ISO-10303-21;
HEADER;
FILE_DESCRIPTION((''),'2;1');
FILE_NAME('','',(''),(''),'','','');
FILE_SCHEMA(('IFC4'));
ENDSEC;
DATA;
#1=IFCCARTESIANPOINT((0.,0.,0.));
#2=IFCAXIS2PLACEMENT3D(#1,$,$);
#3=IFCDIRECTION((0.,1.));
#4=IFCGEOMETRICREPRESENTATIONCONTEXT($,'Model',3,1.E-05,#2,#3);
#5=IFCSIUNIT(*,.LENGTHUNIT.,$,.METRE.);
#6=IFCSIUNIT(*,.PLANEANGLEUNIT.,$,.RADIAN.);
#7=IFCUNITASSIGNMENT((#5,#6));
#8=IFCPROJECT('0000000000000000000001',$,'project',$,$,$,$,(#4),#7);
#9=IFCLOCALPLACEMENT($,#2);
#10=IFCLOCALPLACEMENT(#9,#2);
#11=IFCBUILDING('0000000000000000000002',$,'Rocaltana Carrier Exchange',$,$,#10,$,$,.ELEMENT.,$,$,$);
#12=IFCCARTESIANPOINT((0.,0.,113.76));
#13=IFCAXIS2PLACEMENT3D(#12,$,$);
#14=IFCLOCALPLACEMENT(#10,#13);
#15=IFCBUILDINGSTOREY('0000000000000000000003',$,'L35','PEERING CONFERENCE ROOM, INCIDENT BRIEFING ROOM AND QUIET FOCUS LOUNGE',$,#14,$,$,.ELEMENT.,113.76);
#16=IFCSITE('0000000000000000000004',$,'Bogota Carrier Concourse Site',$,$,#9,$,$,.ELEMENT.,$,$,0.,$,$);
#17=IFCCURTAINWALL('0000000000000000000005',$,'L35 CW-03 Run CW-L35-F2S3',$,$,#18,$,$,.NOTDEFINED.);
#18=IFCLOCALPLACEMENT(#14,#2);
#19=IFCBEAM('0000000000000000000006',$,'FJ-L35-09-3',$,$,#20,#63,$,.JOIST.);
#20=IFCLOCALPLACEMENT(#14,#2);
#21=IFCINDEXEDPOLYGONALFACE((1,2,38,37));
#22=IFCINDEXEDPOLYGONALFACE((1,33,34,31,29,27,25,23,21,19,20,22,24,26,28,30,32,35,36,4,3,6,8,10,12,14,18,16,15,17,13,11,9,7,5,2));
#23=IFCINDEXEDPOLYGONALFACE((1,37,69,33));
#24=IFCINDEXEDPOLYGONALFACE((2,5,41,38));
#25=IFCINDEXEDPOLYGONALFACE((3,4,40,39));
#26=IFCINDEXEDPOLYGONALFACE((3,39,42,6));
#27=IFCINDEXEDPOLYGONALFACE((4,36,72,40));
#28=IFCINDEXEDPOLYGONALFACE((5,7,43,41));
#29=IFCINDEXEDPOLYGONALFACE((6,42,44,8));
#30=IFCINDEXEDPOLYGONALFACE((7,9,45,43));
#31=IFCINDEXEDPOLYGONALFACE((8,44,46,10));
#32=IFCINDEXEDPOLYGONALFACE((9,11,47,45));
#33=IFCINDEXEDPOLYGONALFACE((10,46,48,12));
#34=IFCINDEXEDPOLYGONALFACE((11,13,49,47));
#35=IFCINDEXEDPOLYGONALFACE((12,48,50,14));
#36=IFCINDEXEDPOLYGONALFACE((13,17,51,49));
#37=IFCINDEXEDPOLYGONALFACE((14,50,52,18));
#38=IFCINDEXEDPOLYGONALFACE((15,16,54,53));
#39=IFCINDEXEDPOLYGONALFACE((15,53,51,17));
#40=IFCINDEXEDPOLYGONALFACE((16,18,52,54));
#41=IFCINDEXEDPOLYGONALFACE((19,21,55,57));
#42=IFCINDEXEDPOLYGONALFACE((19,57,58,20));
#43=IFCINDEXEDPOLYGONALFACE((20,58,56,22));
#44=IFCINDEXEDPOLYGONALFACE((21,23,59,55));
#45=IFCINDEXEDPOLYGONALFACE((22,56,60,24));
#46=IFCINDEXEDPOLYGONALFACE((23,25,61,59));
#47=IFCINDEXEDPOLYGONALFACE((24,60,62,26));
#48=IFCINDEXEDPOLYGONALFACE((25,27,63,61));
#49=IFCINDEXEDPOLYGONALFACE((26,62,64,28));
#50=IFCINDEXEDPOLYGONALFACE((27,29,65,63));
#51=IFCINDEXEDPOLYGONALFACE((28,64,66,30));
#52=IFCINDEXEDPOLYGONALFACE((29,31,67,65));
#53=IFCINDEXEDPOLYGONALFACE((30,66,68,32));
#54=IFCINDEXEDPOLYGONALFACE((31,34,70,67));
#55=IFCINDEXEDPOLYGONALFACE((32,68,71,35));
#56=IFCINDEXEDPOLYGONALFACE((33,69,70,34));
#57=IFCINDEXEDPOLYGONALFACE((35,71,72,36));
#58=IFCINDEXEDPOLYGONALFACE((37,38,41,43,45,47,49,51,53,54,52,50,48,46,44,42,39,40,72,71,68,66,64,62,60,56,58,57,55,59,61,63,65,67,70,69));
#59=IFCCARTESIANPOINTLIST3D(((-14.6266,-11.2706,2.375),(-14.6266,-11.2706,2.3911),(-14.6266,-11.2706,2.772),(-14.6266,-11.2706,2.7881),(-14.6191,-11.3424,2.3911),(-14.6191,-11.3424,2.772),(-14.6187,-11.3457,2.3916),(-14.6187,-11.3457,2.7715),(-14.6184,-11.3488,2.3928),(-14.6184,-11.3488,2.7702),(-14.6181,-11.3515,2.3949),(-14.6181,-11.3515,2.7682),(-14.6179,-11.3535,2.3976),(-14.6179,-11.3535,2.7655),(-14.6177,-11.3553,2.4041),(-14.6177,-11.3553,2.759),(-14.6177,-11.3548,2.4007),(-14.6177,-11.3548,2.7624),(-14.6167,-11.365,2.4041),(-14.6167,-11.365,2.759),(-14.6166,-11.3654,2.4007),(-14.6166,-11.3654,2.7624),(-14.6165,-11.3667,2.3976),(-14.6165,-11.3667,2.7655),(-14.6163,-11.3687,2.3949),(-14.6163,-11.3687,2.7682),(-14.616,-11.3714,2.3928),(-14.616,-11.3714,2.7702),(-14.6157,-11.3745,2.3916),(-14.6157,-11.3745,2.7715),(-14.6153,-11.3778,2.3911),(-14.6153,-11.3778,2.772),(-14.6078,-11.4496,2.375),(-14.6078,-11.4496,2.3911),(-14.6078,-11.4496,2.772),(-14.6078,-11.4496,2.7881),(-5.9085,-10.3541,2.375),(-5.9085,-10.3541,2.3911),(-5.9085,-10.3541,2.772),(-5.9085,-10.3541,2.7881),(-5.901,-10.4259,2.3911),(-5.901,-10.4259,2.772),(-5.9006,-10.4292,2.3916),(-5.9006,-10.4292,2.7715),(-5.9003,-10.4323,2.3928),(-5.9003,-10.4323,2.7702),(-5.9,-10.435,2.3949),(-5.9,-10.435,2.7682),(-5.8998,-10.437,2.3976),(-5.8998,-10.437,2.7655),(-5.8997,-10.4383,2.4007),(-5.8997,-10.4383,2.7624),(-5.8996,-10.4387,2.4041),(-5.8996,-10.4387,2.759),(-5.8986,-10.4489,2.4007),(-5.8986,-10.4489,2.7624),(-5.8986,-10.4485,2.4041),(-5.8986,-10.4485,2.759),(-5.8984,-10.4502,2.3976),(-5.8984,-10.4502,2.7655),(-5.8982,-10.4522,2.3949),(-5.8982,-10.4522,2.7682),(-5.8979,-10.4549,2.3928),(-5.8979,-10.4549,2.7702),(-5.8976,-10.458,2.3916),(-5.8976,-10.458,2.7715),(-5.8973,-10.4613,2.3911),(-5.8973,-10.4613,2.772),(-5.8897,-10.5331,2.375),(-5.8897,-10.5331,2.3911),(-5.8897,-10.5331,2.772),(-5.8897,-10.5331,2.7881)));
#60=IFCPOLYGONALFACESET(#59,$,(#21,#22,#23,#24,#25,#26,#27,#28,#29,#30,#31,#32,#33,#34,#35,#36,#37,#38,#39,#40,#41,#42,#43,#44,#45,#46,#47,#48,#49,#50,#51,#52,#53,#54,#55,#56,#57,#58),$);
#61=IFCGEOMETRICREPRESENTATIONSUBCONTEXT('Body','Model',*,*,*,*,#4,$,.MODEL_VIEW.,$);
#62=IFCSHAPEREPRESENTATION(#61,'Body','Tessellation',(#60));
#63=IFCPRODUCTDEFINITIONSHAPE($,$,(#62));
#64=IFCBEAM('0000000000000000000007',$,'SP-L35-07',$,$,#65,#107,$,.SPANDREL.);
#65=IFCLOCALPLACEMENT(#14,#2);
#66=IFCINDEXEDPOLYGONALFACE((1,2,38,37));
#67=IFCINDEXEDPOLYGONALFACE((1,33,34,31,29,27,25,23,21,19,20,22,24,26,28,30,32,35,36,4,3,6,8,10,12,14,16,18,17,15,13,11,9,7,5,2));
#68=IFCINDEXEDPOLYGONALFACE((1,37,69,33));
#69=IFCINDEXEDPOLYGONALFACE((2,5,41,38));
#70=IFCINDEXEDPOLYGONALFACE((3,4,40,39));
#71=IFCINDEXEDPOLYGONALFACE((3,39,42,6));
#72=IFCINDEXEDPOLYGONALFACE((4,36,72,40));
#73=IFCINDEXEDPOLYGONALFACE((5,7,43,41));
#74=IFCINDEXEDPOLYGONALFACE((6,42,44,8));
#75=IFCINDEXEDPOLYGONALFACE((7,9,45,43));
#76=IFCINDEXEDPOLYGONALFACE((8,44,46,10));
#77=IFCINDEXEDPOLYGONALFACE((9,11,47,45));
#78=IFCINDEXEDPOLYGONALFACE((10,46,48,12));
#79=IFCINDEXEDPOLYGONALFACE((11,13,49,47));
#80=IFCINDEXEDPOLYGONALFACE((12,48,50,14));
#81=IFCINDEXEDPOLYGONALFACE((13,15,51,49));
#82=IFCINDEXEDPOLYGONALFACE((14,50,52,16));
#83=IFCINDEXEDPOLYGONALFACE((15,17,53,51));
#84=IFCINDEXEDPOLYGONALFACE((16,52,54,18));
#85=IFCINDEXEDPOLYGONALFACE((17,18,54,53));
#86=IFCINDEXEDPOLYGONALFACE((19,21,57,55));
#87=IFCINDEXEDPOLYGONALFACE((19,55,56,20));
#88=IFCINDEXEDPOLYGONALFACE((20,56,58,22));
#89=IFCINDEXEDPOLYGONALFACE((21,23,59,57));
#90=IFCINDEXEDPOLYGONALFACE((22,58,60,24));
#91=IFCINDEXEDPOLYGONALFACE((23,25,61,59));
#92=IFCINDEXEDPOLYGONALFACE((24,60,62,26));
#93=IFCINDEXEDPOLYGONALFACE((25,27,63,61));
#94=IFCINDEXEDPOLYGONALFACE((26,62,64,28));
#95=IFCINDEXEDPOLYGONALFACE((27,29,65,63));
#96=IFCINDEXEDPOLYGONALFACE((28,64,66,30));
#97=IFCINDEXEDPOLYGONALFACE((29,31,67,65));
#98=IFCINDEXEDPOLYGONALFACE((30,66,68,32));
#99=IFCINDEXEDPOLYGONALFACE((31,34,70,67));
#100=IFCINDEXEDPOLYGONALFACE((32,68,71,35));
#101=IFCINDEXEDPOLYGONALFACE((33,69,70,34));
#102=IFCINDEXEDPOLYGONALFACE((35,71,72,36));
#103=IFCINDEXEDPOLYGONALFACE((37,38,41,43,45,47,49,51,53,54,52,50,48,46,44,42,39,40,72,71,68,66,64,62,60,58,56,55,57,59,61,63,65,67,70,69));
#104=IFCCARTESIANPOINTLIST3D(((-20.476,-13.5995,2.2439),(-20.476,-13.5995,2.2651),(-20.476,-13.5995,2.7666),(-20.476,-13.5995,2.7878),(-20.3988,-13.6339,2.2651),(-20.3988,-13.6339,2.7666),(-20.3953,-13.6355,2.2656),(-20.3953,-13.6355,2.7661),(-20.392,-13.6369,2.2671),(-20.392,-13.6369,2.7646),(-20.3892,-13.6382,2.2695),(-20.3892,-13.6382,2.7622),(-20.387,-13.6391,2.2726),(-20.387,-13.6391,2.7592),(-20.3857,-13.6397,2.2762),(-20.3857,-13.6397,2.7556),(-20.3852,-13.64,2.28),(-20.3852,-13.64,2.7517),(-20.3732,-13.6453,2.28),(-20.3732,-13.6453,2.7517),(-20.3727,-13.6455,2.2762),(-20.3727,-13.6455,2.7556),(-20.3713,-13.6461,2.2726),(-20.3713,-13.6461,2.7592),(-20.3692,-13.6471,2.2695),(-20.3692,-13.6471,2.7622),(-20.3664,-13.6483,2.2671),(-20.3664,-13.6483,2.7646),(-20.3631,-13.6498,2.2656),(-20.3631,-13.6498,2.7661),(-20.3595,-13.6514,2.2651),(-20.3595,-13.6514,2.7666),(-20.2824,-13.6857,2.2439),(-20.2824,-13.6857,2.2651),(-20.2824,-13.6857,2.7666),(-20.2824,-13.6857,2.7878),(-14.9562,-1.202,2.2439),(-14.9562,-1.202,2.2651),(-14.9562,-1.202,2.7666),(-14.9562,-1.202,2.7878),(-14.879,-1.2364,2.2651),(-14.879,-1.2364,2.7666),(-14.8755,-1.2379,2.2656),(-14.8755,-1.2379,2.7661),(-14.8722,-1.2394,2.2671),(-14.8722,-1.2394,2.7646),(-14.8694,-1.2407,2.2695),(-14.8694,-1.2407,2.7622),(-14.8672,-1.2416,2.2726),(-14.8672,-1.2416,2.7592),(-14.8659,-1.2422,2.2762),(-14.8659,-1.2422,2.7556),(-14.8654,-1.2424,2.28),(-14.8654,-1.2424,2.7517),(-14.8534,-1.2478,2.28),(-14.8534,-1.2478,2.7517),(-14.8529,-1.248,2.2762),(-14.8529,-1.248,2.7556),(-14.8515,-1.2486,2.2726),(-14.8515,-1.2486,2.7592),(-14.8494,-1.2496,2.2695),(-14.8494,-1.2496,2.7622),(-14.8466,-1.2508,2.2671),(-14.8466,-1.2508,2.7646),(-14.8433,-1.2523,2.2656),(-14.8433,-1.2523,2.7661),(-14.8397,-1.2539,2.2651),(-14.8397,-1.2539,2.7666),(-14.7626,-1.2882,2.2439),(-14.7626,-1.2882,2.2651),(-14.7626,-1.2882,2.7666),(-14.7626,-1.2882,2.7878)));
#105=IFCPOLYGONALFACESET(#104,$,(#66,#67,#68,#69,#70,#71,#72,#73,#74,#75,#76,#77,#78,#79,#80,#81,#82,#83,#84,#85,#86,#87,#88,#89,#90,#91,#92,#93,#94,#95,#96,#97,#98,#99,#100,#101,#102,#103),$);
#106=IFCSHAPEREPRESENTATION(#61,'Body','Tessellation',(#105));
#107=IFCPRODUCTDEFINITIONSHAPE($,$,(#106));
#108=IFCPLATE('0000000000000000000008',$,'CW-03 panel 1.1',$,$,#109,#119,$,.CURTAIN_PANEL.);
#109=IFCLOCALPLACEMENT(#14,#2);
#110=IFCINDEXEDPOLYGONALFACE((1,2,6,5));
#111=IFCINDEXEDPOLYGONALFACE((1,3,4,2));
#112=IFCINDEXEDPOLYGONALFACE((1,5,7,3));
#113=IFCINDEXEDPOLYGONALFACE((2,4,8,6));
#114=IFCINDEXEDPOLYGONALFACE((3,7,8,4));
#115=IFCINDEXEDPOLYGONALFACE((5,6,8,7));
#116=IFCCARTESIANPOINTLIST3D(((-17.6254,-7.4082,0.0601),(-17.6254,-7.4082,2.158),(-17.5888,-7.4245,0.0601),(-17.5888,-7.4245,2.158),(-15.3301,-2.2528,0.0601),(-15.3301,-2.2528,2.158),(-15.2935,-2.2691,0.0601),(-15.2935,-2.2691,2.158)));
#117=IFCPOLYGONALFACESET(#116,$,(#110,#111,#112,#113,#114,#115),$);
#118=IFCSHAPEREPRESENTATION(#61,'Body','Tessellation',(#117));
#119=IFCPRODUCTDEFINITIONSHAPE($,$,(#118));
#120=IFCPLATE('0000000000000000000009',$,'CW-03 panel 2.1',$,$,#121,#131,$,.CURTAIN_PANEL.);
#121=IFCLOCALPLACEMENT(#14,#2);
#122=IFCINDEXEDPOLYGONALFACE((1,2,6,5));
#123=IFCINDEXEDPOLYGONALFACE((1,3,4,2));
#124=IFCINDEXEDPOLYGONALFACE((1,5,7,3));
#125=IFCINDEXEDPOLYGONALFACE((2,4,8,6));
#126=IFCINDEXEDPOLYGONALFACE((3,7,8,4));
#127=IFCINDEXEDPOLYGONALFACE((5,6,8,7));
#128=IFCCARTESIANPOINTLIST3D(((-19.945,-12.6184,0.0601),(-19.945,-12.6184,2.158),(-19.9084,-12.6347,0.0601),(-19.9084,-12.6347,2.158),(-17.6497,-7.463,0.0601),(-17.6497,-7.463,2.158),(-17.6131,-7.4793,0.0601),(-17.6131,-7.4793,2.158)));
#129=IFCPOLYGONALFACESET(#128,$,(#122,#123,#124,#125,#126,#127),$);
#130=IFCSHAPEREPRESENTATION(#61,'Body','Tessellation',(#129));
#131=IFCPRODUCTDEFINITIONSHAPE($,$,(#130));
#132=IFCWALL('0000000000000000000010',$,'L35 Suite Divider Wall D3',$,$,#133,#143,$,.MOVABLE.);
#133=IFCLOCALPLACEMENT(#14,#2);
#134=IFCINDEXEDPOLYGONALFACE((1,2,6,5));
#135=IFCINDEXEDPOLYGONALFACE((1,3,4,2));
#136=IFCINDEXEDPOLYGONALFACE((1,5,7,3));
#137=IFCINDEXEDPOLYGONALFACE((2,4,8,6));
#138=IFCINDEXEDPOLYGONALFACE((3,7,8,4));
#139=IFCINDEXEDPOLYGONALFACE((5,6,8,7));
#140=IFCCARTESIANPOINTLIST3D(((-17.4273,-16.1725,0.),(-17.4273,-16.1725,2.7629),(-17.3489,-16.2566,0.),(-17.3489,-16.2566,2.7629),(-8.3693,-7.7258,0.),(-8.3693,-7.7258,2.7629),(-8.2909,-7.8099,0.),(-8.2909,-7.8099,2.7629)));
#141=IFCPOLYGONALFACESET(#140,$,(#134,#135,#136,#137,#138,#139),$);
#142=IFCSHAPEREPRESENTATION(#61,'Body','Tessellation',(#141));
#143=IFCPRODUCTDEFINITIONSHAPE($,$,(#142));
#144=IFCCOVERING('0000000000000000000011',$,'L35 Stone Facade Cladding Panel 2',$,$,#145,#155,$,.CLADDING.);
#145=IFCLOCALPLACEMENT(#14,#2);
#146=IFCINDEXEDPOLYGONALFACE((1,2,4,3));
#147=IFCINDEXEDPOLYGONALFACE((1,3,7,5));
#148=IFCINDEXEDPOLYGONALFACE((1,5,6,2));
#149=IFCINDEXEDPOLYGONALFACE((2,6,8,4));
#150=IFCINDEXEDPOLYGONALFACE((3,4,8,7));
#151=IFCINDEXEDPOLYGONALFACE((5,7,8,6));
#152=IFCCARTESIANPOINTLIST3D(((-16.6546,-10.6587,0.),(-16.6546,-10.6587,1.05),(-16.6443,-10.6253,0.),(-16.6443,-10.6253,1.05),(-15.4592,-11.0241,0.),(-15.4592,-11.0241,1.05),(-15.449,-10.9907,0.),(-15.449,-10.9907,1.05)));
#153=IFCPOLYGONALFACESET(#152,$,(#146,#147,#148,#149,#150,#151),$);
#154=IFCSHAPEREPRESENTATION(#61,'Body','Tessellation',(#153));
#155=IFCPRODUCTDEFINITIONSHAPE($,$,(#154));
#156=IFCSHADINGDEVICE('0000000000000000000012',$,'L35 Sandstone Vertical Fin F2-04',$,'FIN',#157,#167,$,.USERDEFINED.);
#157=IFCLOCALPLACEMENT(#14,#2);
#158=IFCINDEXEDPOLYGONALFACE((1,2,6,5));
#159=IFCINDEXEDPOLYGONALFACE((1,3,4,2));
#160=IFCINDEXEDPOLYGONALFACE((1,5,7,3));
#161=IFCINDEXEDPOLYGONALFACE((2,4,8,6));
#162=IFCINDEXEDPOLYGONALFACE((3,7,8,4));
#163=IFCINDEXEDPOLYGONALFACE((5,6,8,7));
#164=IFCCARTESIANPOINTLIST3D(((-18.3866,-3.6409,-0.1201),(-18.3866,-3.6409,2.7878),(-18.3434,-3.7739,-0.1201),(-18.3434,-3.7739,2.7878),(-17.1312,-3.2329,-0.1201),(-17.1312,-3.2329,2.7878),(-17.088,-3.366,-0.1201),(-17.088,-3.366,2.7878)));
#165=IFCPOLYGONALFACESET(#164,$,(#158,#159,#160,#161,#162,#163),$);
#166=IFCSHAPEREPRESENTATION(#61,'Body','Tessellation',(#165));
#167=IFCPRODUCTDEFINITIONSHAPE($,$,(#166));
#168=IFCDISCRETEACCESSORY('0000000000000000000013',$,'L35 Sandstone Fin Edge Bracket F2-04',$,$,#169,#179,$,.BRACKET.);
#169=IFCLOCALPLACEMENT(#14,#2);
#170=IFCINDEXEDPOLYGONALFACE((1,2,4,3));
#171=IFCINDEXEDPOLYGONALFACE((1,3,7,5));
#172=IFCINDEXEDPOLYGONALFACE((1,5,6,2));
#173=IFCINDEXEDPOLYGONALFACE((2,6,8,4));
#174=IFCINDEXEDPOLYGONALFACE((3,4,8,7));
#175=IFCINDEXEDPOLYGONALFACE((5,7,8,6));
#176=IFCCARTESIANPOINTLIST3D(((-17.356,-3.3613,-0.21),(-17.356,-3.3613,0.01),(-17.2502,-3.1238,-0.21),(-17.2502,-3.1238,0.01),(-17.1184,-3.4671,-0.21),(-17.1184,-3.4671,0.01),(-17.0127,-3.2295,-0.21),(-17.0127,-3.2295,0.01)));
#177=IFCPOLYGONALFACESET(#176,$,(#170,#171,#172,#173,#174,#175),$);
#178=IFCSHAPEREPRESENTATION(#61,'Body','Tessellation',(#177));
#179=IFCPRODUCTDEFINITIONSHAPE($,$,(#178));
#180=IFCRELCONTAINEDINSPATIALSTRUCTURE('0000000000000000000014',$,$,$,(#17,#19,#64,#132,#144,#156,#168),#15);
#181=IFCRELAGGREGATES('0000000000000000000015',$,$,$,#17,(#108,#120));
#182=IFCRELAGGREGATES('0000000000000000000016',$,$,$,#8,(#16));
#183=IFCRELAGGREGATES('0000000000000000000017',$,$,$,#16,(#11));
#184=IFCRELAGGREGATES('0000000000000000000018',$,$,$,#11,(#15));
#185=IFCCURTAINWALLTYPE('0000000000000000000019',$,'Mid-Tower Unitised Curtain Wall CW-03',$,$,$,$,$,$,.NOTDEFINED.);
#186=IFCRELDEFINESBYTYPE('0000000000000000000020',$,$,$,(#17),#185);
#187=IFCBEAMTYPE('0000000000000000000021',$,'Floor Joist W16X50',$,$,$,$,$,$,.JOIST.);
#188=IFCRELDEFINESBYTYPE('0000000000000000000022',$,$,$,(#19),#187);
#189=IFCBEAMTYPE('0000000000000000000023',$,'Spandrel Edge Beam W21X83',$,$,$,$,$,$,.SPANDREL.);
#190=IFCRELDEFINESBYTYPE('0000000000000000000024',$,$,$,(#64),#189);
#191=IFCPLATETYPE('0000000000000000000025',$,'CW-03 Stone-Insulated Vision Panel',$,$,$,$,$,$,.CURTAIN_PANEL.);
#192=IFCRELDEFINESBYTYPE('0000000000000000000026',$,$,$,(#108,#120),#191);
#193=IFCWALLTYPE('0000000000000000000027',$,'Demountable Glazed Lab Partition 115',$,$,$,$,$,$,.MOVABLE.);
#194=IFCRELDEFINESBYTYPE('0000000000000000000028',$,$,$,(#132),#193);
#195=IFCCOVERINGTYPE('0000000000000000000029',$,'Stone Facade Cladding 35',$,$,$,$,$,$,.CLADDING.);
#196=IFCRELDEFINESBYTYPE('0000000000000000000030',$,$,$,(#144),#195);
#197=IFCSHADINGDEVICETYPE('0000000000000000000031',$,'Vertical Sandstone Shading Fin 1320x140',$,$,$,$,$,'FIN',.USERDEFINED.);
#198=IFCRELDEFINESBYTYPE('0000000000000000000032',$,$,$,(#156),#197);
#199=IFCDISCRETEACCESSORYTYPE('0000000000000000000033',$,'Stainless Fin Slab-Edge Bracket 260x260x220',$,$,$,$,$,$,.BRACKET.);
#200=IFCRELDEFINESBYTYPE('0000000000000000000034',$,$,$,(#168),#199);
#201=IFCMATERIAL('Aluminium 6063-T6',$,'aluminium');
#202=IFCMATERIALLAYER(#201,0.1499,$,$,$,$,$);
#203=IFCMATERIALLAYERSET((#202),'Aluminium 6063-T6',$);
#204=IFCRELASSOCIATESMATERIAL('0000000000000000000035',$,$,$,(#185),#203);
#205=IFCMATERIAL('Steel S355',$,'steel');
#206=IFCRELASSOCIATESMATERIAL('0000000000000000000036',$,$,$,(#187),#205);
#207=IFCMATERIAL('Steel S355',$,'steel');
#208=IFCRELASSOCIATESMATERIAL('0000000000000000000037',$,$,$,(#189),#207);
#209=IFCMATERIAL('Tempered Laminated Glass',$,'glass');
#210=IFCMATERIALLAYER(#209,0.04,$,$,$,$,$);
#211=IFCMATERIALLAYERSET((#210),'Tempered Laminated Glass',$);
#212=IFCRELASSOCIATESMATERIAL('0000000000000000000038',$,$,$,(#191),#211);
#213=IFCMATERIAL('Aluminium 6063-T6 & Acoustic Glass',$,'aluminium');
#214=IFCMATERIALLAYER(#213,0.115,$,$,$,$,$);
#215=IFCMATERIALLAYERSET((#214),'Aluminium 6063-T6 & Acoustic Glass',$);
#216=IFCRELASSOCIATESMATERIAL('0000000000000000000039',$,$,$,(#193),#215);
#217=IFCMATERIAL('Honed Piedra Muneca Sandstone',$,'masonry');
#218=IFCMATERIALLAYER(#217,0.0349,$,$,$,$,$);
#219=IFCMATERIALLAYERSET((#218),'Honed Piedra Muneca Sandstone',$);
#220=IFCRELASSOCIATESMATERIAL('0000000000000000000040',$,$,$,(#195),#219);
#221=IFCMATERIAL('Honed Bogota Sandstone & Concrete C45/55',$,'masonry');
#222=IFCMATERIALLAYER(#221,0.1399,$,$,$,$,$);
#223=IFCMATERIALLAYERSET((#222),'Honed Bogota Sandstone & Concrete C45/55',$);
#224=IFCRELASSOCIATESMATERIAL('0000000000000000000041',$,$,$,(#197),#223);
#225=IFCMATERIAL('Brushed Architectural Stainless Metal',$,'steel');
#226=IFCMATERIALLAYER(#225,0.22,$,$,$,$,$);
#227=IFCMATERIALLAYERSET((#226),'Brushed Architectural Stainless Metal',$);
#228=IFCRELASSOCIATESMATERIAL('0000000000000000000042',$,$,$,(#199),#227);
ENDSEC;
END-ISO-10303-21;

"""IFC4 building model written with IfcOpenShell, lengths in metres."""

from ifc_helpers import new_model, si_unit, direction, frame, frame_2d, origin, origin_2d, place, context, subcontext, project, spatial, rectangle, i_section, extrude, material, layer, layer_set, material_profile, profile_set, type_object, element, aggregate, save


model = new_model("IFC4")

# Units and contexts
model_context = context("Model", 3, precision=1e-05, world=origin(), true_north=direction((0.0, 1.0)))
body_context = subcontext(model_context, "Body", "Model", "MODEL_VIEW")
ifc_project = project(units=[si_unit("LENGTHUNIT", "METRE"), si_unit("PLANEANGLEUNIT", "RADIAN")], contexts=[model_context])

# Site, building, storey
site_placement = place(None, origin())
site = spatial("IfcSite", under=ifc_project, at=site_placement, Name="Bogota Carrier Concourse Site", CompositionType="ELEMENT", RefElevation=0.0)
building_placement = place(site_placement, origin())
building = spatial("IfcBuilding", under=site, at=building_placement, Name="Rocaltana Carrier Exchange", CompositionType="ELEMENT")
storey_placement = place(building_placement, frame((0.0, 0.0, 113.76)))
storey = spatial("IfcBuildingStorey", under=building, at=storey_placement, Name="L35", Description="PEERING CONFERENCE ROOM, INCIDENT BRIEFING ROOM AND QUIET FOCUS LOUNGE", CompositionType="ELEMENT", Elevation=113.76)

# Curtain wall
ifc_material_1 = material(Name="Aluminium 6063-T6", Category="aluminium")
ifc_layer_1 = layer(ifc_material_1, 0.1499)
ifc_layer_set_1 = layer_set([ifc_layer_1], Name="Aluminium 6063-T6")
curtain_wall_type = type_object("IfcCurtainWallType", Name="Mid-Tower Unitised Curtain Wall CW-03", PredefinedType="NOTDEFINED", material=ifc_layer_set_1)
curtain_wall_placement = place(storey_placement, origin())
curtain_wall = element("IfcCurtainWall", 1, at=curtain_wall_placement, inside=storey, type_object=curtain_wall_type, Name="L35 CW-03 Run CW-L35-F2S3", PredefinedType="NOTDEFINED")

# Beams
ifc_material_2 = material(Name="Steel S355", Category="steel")
ifc_material_profile_1 = material_profile(ifc_material_2, i_section(OverallWidth=0.1799, OverallDepth=0.4131, WebThickness=0.0098, FlangeThickness=0.0161, FilletRadius=0.0129, at=origin_2d()), Name="W16X50")
ifc_profile_set_1 = profile_set([ifc_material_profile_1], Name="Steel S355")
beam_type_1 = type_object("IfcBeamType", Name="Floor Joist W16X50", PredefinedType="JOIST", material=ifc_profile_set_1)
beam_1_placement = place(storey_placement, frame((-14.6172, -11.3601, 2.5815), z_axis=(0.994519, 0.104551, 0.0), x_axis=(-0.104551, 0.994519, 0.0)))
element("IfcBeam", 2, at=beam_1_placement, inside=storey, type_object=beam_type_1, Name="FJ-L35-09-3", PredefinedType="JOIST", context=body_context, shape_type="SweptSolid", body=[
    extrude(i_section(OverallWidth=0.1799, OverallDepth=0.4131, WebThickness=0.0098, FlangeThickness=0.0161, FilletRadius=0.0129, at=origin_2d()), origin(), (0.0, 0.0, 1.0), 8.7661),
])
ifc_material_3 = material(Name="Steel S355", Category="steel")
ifc_material_profile_2 = material_profile(ifc_material_3, i_section(OverallWidth=0.2119, OverallDepth=0.5439, WebThickness=0.0132, FlangeThickness=0.0212, FilletRadius=0.0149, at=origin_2d()), Name="W21X83")
ifc_profile_set_2 = profile_set([ifc_material_profile_2], Name="Steel S355")
beam_type_2 = type_object("IfcBeamType", Name="Spandrel Edge Beam W21X83", PredefinedType="SPANDREL", material=ifc_profile_set_2)
beam_2_placement = place(storey_placement, frame((-14.8594, -1.2451, 2.5159), z_axis=(-0.406741, -0.913544, 0.0), x_axis=(0.913544, -0.406741, 0.0)))
element("IfcBeam", 3, at=beam_2_placement, inside=storey, type_object=beam_type_2, Name="SP-L35-07", PredefinedType="SPANDREL", context=body_context, shape_type="SweptSolid", body=[
    extrude(i_section(OverallWidth=0.2119, OverallDepth=0.5439, WebThickness=0.0132, FlangeThickness=0.0212, FilletRadius=0.0149, at=origin_2d()), origin(), (0.0, 0.0, 1.0), 13.5708),
])

# Plates
ifc_material_4 = material(Name="Tempered Laminated Glass", Category="glass")
ifc_layer_2 = layer(ifc_material_4, 0.04)
ifc_layer_set_2 = layer_set([ifc_layer_2], Name="Tempered Laminated Glass")
plate_type = type_object("IfcPlateType", Name="CW-03 Stone-Insulated Vision Panel", PredefinedType="CURTAIN_PANEL", material=ifc_layer_set_2)
plate_1_placement = place(storey_placement, frame((-16.4595, -4.8386, 0.0601), z_axis=(0.0, 0.0, 1.0), x_axis=(-0.406733, -0.913547, 0.0)))
plate_1 = element("IfcPlate", 4, at=plate_1_placement, type_object=plate_type, Name="CW-03 panel 1.1", PredefinedType="CURTAIN_PANEL", context=body_context, shape_type="SweptSolid", body=[
    extrude(rectangle(XDim=5.6433, YDim=0.04, at=origin_2d()), origin(), (0.0, 0.0, 1.0), 2.0979),
])
plate_2_placement = place(storey_placement, frame((-18.7791, -10.0488, 0.0601), z_axis=(0.0, 0.0, 1.0), x_axis=(-0.406733, -0.913547, 0.0)))
plate_2 = element("IfcPlate", 5, at=plate_2_placement, type_object=plate_type, Name="CW-03 panel 2.1", PredefinedType="CURTAIN_PANEL", context=body_context, shape_type="SweptSolid", body=[
    extrude(rectangle(XDim=5.6433, YDim=0.04, at=origin_2d()), origin(), (0.0, 0.0, 1.0), 2.0979),
])
aggregate(curtain_wall, [plate_1, plate_2])

# Wall
ifc_material_5 = material(Name="Aluminium 6063-T6 & Acoustic Glass", Category="aluminium")
ifc_layer_3 = layer(ifc_material_5, 0.115)
ifc_layer_set_3 = layer_set([ifc_layer_3], Name="Aluminium 6063-T6 & Acoustic Glass")
wall_type = type_object("IfcWallType", Name="Demountable Glazed Lab Partition 115", PredefinedType="MOVABLE", material=ifc_layer_set_3)
wall_placement = place(storey_placement, frame((-8.3301, -7.7678, 0.0), z_axis=(0.0, 0.0, 1.0), x_axis=(-0.731355, -0.681997, 0.0)))
element("IfcWall", 6, at=wall_placement, inside=storey, type_object=wall_type, Name="L35 Suite Divider Wall D3", PredefinedType="MOVABLE", context=body_context, shape_type="SweptSolid", body=[
    extrude(rectangle(XDim=12.3853, YDim=0.115, at=frame_2d((6.1926, 0.0))), origin(), (0.0, 0.0, 1.0), 2.7629),
])

# Covering
ifc_material_6 = material(Name="Honed Piedra Muneca Sandstone", Category="masonry")
ifc_layer_4 = layer(ifc_material_6, 0.0349)
ifc_layer_set_4 = layer_set([ifc_layer_4], Name="Honed Piedra Muneca Sandstone")
covering_type = type_object("IfcCoveringType", Name="Stone Facade Cladding 35", PredefinedType="CLADDING", material=ifc_layer_set_4)
covering_placement = place(storey_placement, frame((-16.0518, -10.8247, 0.0), z_axis=(0.0, 0.0, 1.0), x_axis=(-0.956305, 0.292372, 0.0)))
element("IfcCovering", 7, at=covering_placement, inside=storey, type_object=covering_type, Name="L35 Stone Facade Cladding Panel 2", PredefinedType="CLADDING", context=body_context, shape_type="SweptSolid", body=[
    extrude(rectangle(XDim=1.25, YDim=0.0349, at=origin_2d()), origin(), (0.0, 0.0, 1.0), 1.05),
])

# Shading device
ifc_material_7 = material(Name="Honed Bogota Sandstone & Concrete C45/55", Category="masonry")
ifc_layer_5 = layer(ifc_material_7, 0.1399)
ifc_layer_set_5 = layer_set([ifc_layer_5], Name="Honed Bogota Sandstone & Concrete C45/55")
shading_device_type = type_object("IfcShadingDeviceType", Name="Vertical Sandstone Shading Fin 1320x140", ElementType="FIN", PredefinedType="USERDEFINED", material=ifc_layer_set_5)
shading_device_placement = place(storey_placement, frame((-17.7373, -3.5034, -0.1201), z_axis=(0.0, 0.0, 1.0), x_axis=(-0.951057, -0.309017, 0.0)))
element("IfcShadingDevice", 8, at=shading_device_placement, inside=storey, type_object=shading_device_type, Name="L35 Sandstone Vertical Fin F2-04", ObjectType="FIN", PredefinedType="USERDEFINED", context=body_context, shape_type="SweptSolid", body=[
    extrude(rectangle(XDim=1.3201, YDim=0.1399, at=origin_2d()), origin(), (0.0, 0.0, 1.0), 2.908),
])

# Discrete accessory
ifc_material_8 = material(Name="Brushed Architectural Stainless Metal", Category="steel")
ifc_layer_6 = layer(ifc_material_8, 0.22)
ifc_layer_set_6 = layer_set([ifc_layer_6], Name="Brushed Architectural Stainless Metal")
discrete_accessory_type = type_object("IfcDiscreteAccessoryType", Name="Stainless Fin Slab-Edge Bracket 260x260x220", PredefinedType="BRACKET", material=ifc_layer_set_6)
for number, where, z_axis, x_axis, name in (
    (9, (-17.1843, -3.2954, -0.21), (0.0, 0.0, 1.0), (-0.406737, -0.913545, 0.0), "L35 Sandstone Fin Edge Bracket F2-04"),
):
    element("IfcDiscreteAccessory", number, at=place(storey_placement, frame(where, z_axis=z_axis, x_axis=x_axis)), inside=storey, type_object=discrete_accessory_type, Name=name, PredefinedType="BRACKET", context=body_context, shape_type="SweptSolid", body=[
        extrude(rectangle(XDim=0.26, YDim=0.26, at=origin_2d()), origin(), (0.0, 0.0, 1.0), 0.22),
    ])

save(model, "model.ifc")
